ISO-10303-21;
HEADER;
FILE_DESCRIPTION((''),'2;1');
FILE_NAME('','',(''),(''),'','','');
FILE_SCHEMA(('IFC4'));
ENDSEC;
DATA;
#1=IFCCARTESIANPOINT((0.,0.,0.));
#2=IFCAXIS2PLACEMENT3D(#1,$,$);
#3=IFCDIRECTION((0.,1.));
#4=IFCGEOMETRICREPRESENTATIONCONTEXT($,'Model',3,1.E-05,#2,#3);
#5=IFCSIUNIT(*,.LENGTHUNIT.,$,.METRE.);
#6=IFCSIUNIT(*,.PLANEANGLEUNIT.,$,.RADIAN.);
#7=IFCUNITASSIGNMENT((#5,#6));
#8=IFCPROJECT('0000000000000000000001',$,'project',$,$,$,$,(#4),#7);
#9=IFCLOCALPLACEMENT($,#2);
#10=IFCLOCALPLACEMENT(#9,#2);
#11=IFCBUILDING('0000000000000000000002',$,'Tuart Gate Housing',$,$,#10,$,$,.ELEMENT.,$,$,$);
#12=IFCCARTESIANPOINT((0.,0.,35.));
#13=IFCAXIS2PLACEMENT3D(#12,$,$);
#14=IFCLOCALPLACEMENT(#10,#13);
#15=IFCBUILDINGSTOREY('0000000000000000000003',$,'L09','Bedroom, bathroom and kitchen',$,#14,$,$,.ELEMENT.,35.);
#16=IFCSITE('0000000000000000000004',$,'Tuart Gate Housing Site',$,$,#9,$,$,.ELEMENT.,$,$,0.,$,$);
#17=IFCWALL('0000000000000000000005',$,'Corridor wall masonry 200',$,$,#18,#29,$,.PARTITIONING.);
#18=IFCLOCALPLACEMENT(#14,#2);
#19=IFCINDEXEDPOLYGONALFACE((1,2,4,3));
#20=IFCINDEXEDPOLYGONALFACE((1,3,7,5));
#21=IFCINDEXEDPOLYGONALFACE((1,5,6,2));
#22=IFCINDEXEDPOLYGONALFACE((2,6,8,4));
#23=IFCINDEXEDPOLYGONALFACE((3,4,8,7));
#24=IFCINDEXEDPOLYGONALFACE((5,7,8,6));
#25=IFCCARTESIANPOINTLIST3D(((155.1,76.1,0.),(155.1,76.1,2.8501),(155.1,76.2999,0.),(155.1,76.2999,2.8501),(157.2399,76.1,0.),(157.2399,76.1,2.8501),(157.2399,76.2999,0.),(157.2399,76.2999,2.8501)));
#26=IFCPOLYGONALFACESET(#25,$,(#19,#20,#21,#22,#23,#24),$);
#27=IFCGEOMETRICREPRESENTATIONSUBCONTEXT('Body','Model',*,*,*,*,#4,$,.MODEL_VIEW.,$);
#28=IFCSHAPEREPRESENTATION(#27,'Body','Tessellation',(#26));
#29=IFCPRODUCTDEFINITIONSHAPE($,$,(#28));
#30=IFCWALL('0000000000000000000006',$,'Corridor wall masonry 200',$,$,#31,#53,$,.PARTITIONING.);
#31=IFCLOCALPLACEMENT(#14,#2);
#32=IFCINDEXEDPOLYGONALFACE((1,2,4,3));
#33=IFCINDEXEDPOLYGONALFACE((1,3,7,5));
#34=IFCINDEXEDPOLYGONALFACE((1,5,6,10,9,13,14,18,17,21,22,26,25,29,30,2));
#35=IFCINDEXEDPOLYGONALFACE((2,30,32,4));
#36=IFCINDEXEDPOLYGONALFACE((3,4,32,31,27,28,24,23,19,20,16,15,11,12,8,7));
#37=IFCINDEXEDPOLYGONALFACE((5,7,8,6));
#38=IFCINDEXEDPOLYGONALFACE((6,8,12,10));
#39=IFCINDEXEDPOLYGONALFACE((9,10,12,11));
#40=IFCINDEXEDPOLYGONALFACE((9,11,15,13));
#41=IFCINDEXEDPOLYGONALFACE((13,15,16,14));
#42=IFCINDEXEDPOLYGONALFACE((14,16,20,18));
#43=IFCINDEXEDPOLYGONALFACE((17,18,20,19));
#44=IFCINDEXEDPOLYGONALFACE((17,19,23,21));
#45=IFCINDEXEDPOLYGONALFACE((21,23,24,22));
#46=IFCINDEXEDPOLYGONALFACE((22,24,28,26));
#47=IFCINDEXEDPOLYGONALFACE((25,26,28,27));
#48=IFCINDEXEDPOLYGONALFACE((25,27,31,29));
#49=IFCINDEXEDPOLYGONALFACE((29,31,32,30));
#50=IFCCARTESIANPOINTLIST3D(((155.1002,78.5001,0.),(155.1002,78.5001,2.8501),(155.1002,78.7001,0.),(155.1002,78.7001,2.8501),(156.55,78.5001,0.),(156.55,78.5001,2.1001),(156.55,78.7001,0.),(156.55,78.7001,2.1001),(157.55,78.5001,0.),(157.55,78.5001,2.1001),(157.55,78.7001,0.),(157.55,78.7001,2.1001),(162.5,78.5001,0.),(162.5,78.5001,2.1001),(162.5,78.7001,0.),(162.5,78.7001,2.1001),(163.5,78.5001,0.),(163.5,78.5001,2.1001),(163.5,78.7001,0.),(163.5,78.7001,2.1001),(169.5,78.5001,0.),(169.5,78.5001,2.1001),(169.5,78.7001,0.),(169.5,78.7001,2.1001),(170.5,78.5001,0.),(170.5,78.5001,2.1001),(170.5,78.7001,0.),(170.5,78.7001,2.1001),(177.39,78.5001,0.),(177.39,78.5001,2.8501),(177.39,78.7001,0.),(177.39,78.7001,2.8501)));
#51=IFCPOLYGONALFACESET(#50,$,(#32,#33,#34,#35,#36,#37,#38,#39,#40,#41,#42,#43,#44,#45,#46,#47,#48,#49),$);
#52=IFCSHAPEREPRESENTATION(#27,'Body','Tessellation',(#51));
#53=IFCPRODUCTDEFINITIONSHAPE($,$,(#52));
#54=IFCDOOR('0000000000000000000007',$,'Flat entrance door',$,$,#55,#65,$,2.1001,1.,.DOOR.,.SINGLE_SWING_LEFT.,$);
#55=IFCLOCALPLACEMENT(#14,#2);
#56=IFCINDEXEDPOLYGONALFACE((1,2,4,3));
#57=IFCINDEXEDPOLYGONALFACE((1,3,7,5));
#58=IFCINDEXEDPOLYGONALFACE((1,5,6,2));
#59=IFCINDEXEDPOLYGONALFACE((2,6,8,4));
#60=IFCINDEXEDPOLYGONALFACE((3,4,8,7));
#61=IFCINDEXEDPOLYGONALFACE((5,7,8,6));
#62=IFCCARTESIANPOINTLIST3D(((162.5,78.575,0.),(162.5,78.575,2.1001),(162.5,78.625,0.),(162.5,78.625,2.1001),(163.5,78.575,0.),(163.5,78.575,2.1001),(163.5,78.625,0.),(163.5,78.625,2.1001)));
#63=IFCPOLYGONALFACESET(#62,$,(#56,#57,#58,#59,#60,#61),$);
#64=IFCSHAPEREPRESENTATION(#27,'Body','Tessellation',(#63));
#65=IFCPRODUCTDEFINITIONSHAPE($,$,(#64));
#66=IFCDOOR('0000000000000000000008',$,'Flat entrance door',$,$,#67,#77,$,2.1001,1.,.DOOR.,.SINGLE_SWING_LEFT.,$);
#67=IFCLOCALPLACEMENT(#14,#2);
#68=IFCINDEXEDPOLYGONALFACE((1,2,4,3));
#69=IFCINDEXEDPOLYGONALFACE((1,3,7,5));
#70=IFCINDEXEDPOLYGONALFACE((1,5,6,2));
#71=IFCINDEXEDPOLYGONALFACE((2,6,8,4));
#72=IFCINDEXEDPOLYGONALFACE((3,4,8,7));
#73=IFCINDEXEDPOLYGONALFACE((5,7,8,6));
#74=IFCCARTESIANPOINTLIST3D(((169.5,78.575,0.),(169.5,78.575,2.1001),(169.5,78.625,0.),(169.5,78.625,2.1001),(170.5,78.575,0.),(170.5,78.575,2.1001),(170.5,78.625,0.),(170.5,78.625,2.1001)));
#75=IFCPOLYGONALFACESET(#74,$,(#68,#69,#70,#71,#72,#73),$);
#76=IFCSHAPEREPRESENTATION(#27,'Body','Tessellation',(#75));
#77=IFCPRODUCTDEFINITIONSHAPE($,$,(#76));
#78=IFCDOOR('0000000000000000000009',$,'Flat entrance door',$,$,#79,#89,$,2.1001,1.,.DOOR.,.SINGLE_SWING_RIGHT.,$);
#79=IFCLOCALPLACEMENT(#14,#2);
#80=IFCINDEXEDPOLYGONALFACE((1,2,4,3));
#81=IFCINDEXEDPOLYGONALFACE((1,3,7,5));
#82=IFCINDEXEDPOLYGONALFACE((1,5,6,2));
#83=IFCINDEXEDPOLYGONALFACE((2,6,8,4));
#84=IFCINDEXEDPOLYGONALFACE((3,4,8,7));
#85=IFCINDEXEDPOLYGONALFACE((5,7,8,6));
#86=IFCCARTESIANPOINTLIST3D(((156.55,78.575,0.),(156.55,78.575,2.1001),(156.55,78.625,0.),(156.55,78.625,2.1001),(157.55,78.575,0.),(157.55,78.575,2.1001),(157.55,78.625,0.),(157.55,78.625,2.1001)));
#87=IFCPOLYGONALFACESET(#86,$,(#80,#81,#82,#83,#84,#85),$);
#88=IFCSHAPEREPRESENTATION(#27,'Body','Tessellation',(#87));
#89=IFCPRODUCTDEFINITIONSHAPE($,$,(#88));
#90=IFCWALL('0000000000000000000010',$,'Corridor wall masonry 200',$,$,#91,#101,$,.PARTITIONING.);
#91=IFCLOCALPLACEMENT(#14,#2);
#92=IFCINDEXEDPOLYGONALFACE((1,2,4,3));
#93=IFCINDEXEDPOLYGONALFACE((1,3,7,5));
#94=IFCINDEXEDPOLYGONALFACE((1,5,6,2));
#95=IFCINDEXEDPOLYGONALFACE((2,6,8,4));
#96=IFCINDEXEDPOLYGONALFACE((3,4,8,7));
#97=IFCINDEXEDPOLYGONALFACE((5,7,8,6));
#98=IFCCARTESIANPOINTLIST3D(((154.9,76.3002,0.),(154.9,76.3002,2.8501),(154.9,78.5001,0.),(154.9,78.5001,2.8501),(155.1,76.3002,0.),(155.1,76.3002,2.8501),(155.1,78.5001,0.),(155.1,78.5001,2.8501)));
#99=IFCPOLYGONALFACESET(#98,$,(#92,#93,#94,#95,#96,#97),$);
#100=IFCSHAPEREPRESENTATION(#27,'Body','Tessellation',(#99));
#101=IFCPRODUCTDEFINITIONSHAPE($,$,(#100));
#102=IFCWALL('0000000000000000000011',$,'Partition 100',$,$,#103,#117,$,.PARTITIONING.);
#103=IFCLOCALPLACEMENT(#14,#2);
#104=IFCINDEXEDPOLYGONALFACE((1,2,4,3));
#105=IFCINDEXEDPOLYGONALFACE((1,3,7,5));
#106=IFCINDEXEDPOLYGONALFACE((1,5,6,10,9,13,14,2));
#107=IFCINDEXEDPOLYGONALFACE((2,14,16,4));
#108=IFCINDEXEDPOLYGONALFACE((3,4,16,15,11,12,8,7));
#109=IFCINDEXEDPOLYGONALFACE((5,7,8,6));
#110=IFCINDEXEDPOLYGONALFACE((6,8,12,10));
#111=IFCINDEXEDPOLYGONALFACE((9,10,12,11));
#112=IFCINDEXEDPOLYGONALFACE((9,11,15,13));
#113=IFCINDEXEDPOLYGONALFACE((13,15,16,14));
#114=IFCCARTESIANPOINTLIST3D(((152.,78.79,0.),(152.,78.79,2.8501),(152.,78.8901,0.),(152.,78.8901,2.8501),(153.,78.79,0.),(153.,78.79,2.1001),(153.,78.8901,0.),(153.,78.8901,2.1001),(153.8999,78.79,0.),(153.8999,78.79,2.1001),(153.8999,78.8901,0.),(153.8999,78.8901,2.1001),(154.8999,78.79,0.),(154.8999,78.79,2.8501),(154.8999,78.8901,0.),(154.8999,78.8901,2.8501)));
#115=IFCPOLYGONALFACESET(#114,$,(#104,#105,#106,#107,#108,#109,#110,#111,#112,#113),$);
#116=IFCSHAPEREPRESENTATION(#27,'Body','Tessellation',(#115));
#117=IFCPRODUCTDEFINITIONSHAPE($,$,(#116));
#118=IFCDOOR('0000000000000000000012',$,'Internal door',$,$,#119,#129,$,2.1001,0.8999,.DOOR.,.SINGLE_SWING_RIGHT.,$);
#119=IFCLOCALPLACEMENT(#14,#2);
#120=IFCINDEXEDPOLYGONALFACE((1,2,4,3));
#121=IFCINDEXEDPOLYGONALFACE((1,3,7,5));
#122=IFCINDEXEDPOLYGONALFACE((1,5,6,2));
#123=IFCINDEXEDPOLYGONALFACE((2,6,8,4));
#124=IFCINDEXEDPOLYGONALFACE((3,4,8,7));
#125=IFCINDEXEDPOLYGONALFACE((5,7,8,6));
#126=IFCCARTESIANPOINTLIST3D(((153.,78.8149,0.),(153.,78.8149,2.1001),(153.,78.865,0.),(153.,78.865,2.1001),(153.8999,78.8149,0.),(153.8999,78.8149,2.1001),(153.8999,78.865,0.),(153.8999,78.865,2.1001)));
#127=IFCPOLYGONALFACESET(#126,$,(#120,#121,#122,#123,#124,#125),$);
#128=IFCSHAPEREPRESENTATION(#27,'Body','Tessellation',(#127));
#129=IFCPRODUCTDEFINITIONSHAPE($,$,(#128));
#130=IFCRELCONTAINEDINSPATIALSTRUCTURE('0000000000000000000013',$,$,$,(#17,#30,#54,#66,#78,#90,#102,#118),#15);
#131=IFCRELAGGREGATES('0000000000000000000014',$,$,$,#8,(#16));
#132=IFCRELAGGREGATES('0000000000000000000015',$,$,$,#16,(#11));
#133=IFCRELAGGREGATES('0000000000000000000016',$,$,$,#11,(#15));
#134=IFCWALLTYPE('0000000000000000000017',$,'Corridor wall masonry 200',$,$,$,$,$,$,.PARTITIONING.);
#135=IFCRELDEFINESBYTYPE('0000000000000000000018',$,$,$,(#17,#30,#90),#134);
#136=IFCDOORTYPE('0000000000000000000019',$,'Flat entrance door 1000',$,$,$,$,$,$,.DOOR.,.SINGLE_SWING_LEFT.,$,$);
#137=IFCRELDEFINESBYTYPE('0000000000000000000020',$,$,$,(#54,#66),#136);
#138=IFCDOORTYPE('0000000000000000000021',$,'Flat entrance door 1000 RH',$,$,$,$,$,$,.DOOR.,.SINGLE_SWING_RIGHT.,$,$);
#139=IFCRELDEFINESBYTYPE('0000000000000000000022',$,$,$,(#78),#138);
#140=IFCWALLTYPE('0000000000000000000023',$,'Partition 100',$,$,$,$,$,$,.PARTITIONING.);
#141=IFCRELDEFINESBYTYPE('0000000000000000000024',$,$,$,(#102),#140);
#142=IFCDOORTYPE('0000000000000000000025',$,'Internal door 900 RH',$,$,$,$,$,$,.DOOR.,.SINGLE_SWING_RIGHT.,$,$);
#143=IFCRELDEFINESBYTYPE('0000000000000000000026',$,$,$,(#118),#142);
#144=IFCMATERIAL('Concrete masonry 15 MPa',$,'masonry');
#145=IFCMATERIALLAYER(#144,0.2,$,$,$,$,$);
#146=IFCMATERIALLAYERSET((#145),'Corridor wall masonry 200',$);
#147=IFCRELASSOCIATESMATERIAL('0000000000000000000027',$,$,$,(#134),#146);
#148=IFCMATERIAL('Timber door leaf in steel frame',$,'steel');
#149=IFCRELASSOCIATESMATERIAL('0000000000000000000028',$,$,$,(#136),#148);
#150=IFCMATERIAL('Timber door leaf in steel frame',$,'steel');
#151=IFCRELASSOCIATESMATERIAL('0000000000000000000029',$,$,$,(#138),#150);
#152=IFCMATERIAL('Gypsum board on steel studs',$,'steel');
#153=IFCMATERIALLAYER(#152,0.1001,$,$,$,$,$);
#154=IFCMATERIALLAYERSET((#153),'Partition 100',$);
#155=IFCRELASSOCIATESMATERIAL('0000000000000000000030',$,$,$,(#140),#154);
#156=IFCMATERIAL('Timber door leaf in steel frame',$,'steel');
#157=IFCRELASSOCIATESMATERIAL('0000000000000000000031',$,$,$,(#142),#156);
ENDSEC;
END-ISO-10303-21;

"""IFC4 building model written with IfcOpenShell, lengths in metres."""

from ifc_helpers import new_model, si_unit, direction, frame, frame_2d, origin, place, context, subcontext, project, spatial, rectangle, extrude, material, layer, layer_set, type_object, element, fill, save


model = new_model("IFC4")

# Units and contexts
model_context = context("Model", 3, precision=1e-05, world=origin(), true_north=direction((0.0, 1.0)))
body_context = subcontext(model_context, "Body", "Model", "MODEL_VIEW")
ifc_project = project(units=[si_unit("LENGTHUNIT", "METRE"), si_unit("PLANEANGLEUNIT", "RADIAN")], contexts=[model_context])

# Site, building, storey
site_placement = place(None, origin())
site = spatial("IfcSite", under=ifc_project, at=site_placement, Name="Tuart Gate Housing Site", CompositionType="ELEMENT", RefElevation=0.0)
building_placement = place(site_placement, origin())
building = spatial("IfcBuilding", under=site, at=building_placement, Name="Tuart Gate Housing", CompositionType="ELEMENT")
storey_placement = place(building_placement, frame((0.0, 0.0, 35.0)))
storey = spatial("IfcBuildingStorey", under=building, at=storey_placement, Name="L09", Description="Bedroom, bathroom and kitchen", CompositionType="ELEMENT", Elevation=35.0)

# Wall
ifc_material_1 = material(Name="Concrete masonry 15 MPa", Category="masonry")
ifc_layer_1 = layer(ifc_material_1, 0.2)
ifc_layer_set_1 = layer_set([ifc_layer_1], Name="Corridor wall masonry 200")
wall_type_1 = type_object("IfcWallType", Name="Corridor wall masonry 200", PredefinedType="PARTITIONING", material=ifc_layer_set_1)
wall_1_placement = place(storey_placement, frame((155.1001, 76.2, 0.0), z_axis=(0.0, 0.0, 1.0), x_axis=(1.0, 0.0, 0.0)))
element("IfcWall", 1, at=wall_1_placement, inside=storey, type_object=wall_type_1, Name="Corridor wall masonry 200", PredefinedType="PARTITIONING", context=body_context, shape_type="SweptSolid", body=[
    extrude(rectangle(XDim=2.1399, YDim=0.2, at=frame_2d((1.0698, 0.0))), origin(), (0.0, 0.0, 1.0), 2.8501),
])

# Wall, openings, doors
wall_2_placement = place(storey_placement, frame((155.1001, 78.6001, 0.0), z_axis=(0.0, 0.0, 1.0), x_axis=(1.0, 0.0, 0.0)))
wall_2 = element("IfcWall", 2, at=wall_2_placement, inside=storey, type_object=wall_type_1, Name="Corridor wall masonry 200", PredefinedType="PARTITIONING", context=body_context, shape_type="SweptSolid", body=[
    extrude(rectangle(XDim=22.2898, YDim=0.2, at=frame_2d((11.145, 0.0))), origin(), (0.0, 0.0, 1.0), 2.8501),
])
opening_1_placement = place(wall_2_placement, frame((1.45, 0.0, 0.0)))
opening_1 = element("IfcOpeningElement", 3, at=opening_1_placement, cuts=wall_2, PredefinedType="OPENING", context=body_context, shape_type="SweptSolid", body=[
    extrude(rectangle(XDim=1.0, YDim=2.1001, at=frame_2d((0.5, 1.05))), frame((0.0, 0.1099, 0.0), z_axis=(0.0, -1.0, 0.0), x_axis=(1.0, 0.0, 0.0)), (0.0, 0.0, 1.0), 0.22),
])
opening_2_placement = place(wall_2_placement, frame((7.3999, 0.0, 0.0)))
opening_2 = element("IfcOpeningElement", 4, at=opening_2_placement, cuts=wall_2, PredefinedType="OPENING", context=body_context, shape_type="SweptSolid", body=[
    extrude(rectangle(XDim=1.0, YDim=2.1001, at=frame_2d((0.5, 1.05))), frame((0.0, 0.1099, 0.0), z_axis=(0.0, -1.0, 0.0), x_axis=(1.0, 0.0, 0.0)), (0.0, 0.0, 1.0), 0.22),
])
opening_3_placement = place(wall_2_placement, frame((14.3999, 0.0, 0.0)))
opening_3 = element("IfcOpeningElement", 5, at=opening_3_placement, cuts=wall_2, PredefinedType="OPENING", context=body_context, shape_type="SweptSolid", body=[
    extrude(rectangle(XDim=1.0, YDim=2.1001, at=frame_2d((0.5, 1.05))), frame((0.0, 0.1099, 0.0), z_axis=(0.0, -1.0, 0.0), x_axis=(1.0, 0.0, 0.0)), (0.0, 0.0, 1.0), 0.22),
])
ifc_material_2 = material(Name="Timber door leaf in steel frame", Category="steel")
door_type_1 = type_object("IfcDoorType", Name="Flat entrance door 1000", OperationType="SINGLE_SWING_LEFT", PredefinedType="DOOR", material=ifc_material_2)
door_1_placement = place(opening_2_placement, origin())
door_1 = element("IfcDoor", 6, at=door_1_placement, inside=storey, type_object=door_type_1, Name="Flat entrance door", OperationType="SINGLE_SWING_LEFT", OverallHeight=2.1001, OverallWidth=1.0, PredefinedType="DOOR", context=body_context, shape_type="SweptSolid", body=[
    extrude(rectangle(XDim=1.0, YDim=2.1001, at=frame_2d((0.5, 1.05))), frame((0.0, 0.0249, 0.0), z_axis=(0.0, -1.0, 0.0), x_axis=(1.0, 0.0, 0.0)), (0.0, 0.0, 1.0), 0.05),
])
fill(opening_2, door_1)
door_2_placement = place(opening_3_placement, origin())
door_2 = element("IfcDoor", 7, at=door_2_placement, inside=storey, type_object=door_type_1, Name="Flat entrance door", OperationType="SINGLE_SWING_LEFT", OverallHeight=2.1001, OverallWidth=1.0, PredefinedType="DOOR", context=body_context, shape_type="SweptSolid", body=[
    extrude(rectangle(XDim=1.0, YDim=2.1001, at=frame_2d((0.5, 1.05))), frame((0.0, 0.0249, 0.0), z_axis=(0.0, -1.0, 0.0), x_axis=(1.0, 0.0, 0.0)), (0.0, 0.0, 1.0), 0.05),
])
fill(opening_3, door_2)
ifc_material_3 = material(Name="Timber door leaf in steel frame", Category="steel")
door_type_2 = type_object("IfcDoorType", Name="Flat entrance door 1000 RH", OperationType="SINGLE_SWING_RIGHT", PredefinedType="DOOR", material=ifc_material_3)
door_3_placement = place(opening_1_placement, origin())
door_3 = element("IfcDoor", 8, at=door_3_placement, inside=storey, type_object=door_type_2, Name="Flat entrance door", OperationType="SINGLE_SWING_RIGHT", OverallHeight=2.1001, OverallWidth=1.0, PredefinedType="DOOR", context=body_context, shape_type="SweptSolid", body=[
    extrude(rectangle(XDim=1.0, YDim=2.1001, at=frame_2d((0.5, 1.05))), frame((0.0, 0.0249, 0.0), z_axis=(0.0, -1.0, 0.0), x_axis=(1.0, 0.0, 0.0)), (0.0, 0.0, 1.0), 0.05),
])
fill(opening_1, door_3)

# Wall
wall_3_placement = place(storey_placement, frame((155.0, 76.3, 0.0), z_axis=(0.0, 0.0, 1.0), x_axis=(0.0, 1.0, 0.0)))
element("IfcWall", 9, at=wall_3_placement, inside=storey, type_object=wall_type_1, Name="Corridor wall masonry 200", PredefinedType="PARTITIONING", context=body_context, shape_type="SweptSolid", body=[
    extrude(rectangle(XDim=2.2, YDim=0.2, at=frame_2d((1.1001, 0.0))), origin(), (0.0, 0.0, 1.0), 2.8501),
])

# Wall, opening, door
ifc_material_4 = material(Name="Gypsum board on steel studs", Category="steel")
ifc_layer_2 = layer(ifc_material_4, 0.1001)
ifc_layer_set_2 = layer_set([ifc_layer_2], Name="Partition 100")
wall_type_2 = type_object("IfcWallType", Name="Partition 100", PredefinedType="PARTITIONING", material=ifc_layer_set_2)
wall_4_placement = place(storey_placement, frame((152.0, 78.8401, 0.0), z_axis=(0.0, 0.0, 1.0), x_axis=(1.0, 0.0, 0.0)))
wall_4 = element("IfcWall", 10, at=wall_4_placement, inside=storey, type_object=wall_type_2, Name="Partition 100", PredefinedType="PARTITIONING", context=body_context, shape_type="SweptSolid", body=[
    extrude(rectangle(XDim=2.8999, YDim=0.1001, at=frame_2d((1.45, 0.0))), origin(), (0.0, 0.0, 1.0), 2.8501),
])
opening_4_placement = place(wall_4_placement, frame((1.0, 0.0, 0.0)))
opening_4 = element("IfcOpeningElement", 11, at=opening_4_placement, cuts=wall_4, PredefinedType="OPENING", context=body_context, shape_type="SweptSolid", body=[
    extrude(rectangle(XDim=0.8999, YDim=2.1001, at=frame_2d((0.45, 1.05))), frame((0.0, 0.0601, 0.0), z_axis=(0.0, -1.0, 0.0), x_axis=(1.0, 0.0, 0.0)), (0.0, 0.0, 1.0), 0.1201),
])
ifc_material_5 = material(Name="Timber door leaf in steel frame", Category="steel")
door_type_3 = type_object("IfcDoorType", Name="Internal door 900 RH", OperationType="SINGLE_SWING_RIGHT", PredefinedType="DOOR", material=ifc_material_5)
door_4_placement = place(opening_4_placement, frame((0.8999, 0.0, 0.0), z_axis=(0.0, 0.0, 1.0), x_axis=(-1.0, 0.0, 0.0)))
door_4 = element("IfcDoor", 12, at=door_4_placement, inside=storey, type_object=door_type_3, Name="Internal door", OperationType="SINGLE_SWING_RIGHT", OverallHeight=2.1001, OverallWidth=0.8999, PredefinedType="DOOR", context=body_context, shape_type="SweptSolid", body=[
    extrude(rectangle(XDim=0.8999, YDim=2.1001, at=frame_2d((0.45, 1.05))), frame((0.0, 0.0251, 0.0), z_axis=(0.0, -1.0, 0.0), x_axis=(1.0, 0.0, 0.0)), (0.0, 0.0, 1.0), 0.05),
])
fill(opening_4, door_4)

save(model, "model.ifc")
